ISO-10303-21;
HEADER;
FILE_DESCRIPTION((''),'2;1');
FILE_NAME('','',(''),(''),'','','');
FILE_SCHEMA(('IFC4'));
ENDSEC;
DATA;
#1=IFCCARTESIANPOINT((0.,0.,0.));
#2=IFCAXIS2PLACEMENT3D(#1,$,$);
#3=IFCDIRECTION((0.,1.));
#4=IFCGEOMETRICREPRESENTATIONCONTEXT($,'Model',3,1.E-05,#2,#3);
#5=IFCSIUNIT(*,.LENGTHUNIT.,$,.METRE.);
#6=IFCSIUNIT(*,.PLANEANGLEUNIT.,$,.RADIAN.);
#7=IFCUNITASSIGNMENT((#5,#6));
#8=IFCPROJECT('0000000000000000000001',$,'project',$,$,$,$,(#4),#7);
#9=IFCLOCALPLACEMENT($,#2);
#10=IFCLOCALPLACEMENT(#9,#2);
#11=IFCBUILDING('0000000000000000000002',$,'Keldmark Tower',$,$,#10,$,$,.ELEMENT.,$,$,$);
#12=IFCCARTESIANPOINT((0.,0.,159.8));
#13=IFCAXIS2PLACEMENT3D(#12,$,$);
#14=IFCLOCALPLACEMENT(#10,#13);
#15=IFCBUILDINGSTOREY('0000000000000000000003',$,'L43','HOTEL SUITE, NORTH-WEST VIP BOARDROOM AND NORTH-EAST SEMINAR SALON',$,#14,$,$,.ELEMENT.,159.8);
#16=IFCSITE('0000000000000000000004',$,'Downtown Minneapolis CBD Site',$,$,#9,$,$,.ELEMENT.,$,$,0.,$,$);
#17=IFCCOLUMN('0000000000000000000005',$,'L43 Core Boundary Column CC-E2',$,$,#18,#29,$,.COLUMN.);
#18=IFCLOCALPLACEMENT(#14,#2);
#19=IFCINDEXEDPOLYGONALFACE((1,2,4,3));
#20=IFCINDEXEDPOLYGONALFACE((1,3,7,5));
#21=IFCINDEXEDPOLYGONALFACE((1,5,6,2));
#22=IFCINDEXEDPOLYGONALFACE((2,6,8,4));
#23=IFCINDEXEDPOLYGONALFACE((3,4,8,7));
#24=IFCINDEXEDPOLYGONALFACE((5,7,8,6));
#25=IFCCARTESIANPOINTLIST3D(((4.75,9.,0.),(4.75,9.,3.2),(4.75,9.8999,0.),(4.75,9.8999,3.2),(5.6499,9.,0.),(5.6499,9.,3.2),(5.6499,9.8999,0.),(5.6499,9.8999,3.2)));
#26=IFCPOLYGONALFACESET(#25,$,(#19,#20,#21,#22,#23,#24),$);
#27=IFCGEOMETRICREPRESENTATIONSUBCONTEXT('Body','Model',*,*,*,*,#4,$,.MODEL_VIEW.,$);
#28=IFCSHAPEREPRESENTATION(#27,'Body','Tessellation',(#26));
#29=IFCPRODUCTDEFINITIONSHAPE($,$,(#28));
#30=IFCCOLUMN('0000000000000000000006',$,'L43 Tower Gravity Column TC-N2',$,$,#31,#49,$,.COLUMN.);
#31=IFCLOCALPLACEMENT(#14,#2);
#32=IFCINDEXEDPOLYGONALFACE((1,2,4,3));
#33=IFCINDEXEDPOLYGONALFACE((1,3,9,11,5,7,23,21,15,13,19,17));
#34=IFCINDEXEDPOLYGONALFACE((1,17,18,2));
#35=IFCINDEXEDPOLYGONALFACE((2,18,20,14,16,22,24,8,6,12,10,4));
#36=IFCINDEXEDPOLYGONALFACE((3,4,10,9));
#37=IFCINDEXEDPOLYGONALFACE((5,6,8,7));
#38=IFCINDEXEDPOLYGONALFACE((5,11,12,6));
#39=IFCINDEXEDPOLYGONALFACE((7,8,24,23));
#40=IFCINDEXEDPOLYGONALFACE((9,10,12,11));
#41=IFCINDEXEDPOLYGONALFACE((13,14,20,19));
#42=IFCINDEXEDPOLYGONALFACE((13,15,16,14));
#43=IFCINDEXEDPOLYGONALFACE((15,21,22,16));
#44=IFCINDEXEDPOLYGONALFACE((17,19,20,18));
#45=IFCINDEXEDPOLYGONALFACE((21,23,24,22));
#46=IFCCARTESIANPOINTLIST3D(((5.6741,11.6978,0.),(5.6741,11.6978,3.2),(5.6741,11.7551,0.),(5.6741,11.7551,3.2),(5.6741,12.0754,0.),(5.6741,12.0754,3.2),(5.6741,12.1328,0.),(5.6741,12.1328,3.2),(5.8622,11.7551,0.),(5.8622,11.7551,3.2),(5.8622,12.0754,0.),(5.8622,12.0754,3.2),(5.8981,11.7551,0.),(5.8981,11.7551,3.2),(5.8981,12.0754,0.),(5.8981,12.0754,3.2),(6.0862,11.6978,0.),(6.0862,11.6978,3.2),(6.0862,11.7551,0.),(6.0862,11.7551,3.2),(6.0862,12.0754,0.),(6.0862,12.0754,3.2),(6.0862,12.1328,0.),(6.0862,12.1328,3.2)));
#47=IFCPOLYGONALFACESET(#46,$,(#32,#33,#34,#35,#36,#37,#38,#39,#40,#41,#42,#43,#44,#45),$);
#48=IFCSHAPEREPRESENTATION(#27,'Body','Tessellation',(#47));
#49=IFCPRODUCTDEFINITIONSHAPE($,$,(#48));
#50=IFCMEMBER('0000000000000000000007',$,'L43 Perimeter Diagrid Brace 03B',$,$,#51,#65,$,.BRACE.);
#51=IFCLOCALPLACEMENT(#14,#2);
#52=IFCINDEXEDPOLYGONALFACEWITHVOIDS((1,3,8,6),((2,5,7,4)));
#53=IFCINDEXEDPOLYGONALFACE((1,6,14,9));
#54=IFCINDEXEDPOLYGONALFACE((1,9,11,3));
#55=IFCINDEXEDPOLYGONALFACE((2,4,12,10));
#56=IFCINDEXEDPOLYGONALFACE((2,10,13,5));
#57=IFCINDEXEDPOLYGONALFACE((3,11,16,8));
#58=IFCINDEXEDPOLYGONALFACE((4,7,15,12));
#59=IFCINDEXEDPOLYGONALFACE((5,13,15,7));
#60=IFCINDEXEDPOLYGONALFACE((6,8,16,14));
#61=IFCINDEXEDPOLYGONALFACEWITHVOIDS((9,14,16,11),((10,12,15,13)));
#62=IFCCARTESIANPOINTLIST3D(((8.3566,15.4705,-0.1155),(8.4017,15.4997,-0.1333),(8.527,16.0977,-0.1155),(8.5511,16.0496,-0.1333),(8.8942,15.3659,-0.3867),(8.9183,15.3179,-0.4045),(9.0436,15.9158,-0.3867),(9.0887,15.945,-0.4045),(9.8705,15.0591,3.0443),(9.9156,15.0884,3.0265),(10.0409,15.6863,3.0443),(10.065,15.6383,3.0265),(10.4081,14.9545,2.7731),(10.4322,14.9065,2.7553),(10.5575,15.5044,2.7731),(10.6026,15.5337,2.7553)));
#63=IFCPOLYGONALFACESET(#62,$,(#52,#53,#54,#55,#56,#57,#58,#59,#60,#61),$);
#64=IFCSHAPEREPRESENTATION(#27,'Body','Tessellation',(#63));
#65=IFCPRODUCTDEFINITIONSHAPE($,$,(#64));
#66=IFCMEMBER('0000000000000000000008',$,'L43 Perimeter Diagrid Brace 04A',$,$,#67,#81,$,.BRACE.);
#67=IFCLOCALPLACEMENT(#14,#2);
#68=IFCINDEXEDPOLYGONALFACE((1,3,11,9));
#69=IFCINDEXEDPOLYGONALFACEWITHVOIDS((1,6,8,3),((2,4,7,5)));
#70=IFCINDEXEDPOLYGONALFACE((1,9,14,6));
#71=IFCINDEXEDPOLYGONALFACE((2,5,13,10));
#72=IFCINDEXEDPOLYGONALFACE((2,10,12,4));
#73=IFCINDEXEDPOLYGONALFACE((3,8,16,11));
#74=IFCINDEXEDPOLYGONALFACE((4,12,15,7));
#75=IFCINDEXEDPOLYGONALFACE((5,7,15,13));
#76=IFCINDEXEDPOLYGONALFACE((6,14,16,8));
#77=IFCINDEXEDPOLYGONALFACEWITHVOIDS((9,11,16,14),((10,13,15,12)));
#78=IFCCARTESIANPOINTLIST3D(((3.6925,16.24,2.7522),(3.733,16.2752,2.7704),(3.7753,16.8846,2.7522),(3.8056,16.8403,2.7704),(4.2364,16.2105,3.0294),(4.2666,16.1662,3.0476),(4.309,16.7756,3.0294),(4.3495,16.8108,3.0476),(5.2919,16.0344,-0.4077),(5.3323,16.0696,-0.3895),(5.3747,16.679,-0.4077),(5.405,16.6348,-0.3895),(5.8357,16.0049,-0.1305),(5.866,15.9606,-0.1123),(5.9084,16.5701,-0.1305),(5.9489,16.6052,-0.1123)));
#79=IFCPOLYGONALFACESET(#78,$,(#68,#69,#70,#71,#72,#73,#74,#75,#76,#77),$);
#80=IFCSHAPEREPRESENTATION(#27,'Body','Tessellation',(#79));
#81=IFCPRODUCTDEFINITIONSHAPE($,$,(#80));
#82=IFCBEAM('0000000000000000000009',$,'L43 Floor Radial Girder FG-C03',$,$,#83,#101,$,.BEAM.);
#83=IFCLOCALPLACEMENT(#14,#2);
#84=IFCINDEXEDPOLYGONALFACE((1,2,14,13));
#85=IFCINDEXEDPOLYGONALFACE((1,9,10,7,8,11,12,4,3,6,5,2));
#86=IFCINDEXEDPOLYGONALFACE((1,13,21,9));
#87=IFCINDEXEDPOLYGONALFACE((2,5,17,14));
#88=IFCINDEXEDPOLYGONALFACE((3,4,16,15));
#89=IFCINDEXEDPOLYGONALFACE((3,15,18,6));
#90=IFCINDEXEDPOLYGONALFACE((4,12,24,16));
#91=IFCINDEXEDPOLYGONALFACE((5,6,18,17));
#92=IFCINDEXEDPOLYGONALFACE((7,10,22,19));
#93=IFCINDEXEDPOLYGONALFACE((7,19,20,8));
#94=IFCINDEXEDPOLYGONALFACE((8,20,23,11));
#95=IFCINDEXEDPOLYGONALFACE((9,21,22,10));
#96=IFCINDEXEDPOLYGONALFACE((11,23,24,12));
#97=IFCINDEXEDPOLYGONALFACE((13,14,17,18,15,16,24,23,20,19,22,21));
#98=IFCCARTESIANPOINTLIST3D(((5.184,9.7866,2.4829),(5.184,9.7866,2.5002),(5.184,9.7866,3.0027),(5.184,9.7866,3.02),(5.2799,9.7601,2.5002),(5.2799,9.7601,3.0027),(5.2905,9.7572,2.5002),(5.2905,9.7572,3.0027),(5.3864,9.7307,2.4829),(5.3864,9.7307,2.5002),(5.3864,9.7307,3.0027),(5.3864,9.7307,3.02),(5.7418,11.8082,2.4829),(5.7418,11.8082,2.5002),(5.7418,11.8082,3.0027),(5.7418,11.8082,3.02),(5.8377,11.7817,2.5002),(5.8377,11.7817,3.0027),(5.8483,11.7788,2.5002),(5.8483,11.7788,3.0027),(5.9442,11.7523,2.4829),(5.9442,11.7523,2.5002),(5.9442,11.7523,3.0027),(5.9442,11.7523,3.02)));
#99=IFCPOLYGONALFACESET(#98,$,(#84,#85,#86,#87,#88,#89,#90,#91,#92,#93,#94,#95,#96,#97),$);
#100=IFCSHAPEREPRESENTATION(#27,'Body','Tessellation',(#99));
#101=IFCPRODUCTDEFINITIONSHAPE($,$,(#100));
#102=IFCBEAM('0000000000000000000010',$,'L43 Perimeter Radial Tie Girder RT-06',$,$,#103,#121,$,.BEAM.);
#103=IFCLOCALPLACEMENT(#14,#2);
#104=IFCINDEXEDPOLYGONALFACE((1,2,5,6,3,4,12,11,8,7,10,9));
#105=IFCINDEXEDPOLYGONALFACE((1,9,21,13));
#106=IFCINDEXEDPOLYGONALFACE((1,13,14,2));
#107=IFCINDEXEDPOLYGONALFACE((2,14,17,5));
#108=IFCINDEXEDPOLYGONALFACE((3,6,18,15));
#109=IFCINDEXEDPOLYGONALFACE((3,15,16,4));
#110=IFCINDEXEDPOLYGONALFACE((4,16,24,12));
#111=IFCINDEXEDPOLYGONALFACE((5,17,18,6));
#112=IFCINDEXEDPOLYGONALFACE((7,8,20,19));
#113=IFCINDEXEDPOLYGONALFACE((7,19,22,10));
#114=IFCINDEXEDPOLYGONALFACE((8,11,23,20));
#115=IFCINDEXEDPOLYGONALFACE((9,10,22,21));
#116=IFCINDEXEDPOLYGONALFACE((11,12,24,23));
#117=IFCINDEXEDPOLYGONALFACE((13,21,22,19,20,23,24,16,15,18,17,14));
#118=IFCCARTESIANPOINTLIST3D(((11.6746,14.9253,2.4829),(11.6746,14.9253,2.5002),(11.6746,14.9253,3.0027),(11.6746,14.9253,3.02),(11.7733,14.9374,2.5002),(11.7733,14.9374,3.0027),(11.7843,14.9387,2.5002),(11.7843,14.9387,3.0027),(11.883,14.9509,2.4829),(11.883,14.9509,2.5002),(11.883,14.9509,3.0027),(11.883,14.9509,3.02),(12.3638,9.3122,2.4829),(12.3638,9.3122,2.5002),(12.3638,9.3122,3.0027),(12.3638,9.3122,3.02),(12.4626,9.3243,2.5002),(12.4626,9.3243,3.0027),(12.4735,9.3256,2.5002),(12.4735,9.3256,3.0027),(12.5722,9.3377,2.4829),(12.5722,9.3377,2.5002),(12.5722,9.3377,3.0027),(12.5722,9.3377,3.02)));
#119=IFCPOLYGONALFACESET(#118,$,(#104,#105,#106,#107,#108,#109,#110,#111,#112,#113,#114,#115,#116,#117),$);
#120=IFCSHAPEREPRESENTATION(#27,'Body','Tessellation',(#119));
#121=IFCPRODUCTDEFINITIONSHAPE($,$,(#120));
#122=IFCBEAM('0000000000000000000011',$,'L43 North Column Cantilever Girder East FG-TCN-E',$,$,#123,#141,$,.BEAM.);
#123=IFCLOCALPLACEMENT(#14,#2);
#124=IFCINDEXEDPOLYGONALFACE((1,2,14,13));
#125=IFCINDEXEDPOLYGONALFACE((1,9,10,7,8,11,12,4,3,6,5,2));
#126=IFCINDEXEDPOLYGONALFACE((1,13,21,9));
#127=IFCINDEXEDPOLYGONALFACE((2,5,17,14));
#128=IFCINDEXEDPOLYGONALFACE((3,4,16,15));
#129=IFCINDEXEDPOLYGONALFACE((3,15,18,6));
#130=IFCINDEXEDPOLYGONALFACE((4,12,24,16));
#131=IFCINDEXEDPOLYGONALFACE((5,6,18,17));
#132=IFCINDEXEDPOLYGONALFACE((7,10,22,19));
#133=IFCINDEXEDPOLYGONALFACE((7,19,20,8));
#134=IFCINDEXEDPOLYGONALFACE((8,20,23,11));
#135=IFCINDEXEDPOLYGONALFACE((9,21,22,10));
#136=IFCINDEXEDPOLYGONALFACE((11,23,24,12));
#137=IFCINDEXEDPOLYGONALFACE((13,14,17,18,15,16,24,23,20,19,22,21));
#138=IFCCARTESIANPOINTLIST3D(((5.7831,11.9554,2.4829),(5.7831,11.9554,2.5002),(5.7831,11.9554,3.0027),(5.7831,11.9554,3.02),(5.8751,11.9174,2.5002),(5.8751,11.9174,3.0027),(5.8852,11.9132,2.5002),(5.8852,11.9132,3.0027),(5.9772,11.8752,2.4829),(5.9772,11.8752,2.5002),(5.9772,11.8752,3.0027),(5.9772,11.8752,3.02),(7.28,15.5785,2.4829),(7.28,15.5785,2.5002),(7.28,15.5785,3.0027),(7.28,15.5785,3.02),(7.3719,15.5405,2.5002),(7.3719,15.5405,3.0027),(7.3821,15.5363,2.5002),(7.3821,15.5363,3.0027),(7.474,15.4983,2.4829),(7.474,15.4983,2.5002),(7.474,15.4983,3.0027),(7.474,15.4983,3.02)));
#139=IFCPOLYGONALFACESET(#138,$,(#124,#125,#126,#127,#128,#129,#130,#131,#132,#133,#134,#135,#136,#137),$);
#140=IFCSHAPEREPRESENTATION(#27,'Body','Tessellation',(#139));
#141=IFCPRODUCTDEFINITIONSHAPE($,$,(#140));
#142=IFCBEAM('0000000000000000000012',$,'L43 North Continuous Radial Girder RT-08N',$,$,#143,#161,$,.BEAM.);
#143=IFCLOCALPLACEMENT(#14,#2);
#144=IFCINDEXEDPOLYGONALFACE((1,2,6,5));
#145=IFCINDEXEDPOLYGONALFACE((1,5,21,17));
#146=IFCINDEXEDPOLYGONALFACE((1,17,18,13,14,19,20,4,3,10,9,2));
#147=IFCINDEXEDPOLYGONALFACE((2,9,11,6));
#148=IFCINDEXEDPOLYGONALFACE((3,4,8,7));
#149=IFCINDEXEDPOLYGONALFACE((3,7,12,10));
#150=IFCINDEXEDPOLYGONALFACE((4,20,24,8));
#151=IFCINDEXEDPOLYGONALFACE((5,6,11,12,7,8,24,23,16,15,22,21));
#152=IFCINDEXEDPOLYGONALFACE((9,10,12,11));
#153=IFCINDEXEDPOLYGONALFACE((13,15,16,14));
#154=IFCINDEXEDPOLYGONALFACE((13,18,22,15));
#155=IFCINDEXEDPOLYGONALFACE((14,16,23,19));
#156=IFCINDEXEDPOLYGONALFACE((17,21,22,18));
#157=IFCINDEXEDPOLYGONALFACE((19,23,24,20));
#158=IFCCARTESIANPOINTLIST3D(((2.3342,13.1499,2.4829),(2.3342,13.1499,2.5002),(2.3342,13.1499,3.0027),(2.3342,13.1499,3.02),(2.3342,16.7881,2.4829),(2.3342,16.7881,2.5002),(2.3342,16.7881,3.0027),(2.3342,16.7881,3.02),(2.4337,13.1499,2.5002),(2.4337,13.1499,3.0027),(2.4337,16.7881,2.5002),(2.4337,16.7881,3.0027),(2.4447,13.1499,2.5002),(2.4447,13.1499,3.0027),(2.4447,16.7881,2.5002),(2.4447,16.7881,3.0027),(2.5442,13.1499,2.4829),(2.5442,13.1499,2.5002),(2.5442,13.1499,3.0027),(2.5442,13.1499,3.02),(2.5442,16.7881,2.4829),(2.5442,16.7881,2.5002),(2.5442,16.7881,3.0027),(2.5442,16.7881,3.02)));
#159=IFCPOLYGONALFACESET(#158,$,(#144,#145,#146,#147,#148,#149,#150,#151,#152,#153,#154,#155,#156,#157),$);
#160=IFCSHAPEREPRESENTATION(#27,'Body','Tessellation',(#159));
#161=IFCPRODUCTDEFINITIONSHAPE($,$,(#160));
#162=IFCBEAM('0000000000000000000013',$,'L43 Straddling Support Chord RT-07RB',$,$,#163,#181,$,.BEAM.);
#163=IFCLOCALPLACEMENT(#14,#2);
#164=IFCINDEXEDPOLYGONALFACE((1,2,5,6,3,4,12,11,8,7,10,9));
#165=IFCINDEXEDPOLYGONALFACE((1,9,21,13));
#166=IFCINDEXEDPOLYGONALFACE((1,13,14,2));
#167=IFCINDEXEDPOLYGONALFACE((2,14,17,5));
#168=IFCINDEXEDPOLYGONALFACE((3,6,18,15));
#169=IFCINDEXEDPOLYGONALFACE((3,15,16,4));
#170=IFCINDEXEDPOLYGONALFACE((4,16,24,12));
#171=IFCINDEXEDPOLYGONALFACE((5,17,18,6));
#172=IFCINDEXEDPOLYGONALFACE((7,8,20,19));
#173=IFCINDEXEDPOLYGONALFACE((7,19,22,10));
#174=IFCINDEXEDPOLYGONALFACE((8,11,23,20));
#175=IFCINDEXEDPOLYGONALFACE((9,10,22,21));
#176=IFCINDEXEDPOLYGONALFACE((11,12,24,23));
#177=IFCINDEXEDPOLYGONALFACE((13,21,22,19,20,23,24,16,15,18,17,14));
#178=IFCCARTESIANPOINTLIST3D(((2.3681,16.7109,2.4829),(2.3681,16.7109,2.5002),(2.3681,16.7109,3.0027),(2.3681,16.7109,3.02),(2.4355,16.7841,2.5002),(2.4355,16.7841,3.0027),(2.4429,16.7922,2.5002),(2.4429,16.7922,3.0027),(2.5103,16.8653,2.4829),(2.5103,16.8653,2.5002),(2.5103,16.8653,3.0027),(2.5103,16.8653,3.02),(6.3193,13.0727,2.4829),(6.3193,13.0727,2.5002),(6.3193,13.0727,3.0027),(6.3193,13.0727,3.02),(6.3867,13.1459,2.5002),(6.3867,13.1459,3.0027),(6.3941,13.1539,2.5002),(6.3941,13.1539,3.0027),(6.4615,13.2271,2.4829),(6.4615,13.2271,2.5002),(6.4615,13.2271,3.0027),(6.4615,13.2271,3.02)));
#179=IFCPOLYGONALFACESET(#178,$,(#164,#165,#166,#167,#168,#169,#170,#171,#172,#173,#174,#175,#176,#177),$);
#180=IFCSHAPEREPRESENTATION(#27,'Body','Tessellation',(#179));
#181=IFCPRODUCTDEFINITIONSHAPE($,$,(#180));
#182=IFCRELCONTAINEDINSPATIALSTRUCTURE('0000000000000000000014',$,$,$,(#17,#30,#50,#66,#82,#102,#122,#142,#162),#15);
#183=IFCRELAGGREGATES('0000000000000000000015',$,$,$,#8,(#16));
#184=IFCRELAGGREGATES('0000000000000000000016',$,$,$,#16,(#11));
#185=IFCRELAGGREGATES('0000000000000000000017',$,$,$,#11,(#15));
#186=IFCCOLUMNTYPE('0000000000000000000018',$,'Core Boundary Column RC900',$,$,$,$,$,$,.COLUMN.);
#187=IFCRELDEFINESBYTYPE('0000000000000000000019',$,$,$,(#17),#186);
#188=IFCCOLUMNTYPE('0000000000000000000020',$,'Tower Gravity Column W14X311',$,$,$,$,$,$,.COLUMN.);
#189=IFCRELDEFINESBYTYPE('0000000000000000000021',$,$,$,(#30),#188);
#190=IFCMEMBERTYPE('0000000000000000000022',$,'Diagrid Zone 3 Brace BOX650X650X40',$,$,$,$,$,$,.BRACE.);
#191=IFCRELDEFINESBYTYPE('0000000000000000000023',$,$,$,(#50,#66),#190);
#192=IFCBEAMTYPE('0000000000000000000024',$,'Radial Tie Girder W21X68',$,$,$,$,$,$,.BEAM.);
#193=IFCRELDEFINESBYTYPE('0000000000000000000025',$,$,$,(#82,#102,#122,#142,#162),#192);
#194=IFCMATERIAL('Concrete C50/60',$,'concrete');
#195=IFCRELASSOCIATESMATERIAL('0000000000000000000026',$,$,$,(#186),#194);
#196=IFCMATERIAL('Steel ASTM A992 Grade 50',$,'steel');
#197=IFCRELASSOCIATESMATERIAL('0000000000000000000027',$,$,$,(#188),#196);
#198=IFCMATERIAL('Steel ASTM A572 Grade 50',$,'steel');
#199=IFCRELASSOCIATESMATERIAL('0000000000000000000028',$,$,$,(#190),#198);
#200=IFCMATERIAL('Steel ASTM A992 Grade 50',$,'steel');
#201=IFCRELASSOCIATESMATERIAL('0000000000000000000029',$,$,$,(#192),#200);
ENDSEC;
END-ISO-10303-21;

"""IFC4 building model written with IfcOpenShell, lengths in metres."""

from ifc_helpers import new_model, si_unit, direction, frame, origin, origin_2d, place, context, subcontext, project, spatial, rectangle, hollow_rectangle, i_section, extrude, material, material_profile, profile_set, type_object, element, save


model = new_model("IFC4")

# Units and contexts
model_context = context("Model", 3, precision=1e-05, world=origin(), true_north=direction((0.0, 1.0)))
body_context = subcontext(model_context, "Body", "Model", "MODEL_VIEW")
ifc_project = project(units=[si_unit("LENGTHUNIT", "METRE"), si_unit("PLANEANGLEUNIT", "RADIAN")], contexts=[model_context])

# Site, building, storey
site_placement = place(None, origin())
site = spatial("IfcSite", under=ifc_project, at=site_placement, Name="Downtown Minneapolis CBD Site", CompositionType="ELEMENT", RefElevation=0.0)
building_placement = place(site_placement, origin())
building = spatial("IfcBuilding", under=site, at=building_placement, Name="Keldmark Tower", CompositionType="ELEMENT")
storey_placement = place(building_placement, frame((0.0, 0.0, 159.8)))
storey = spatial("IfcBuildingStorey", under=building, at=storey_placement, Name="L43", Description="HOTEL SUITE, NORTH-WEST VIP BOARDROOM AND NORTH-EAST SEMINAR SALON", CompositionType="ELEMENT", Elevation=159.8)

# Columns
ifc_material_1 = material(Name="Concrete C50/60", Category="concrete")
ifc_material_profile_1 = material_profile(ifc_material_1, rectangle(XDim=0.8999, YDim=0.8999, at=origin_2d()), Name="RC900X900")
ifc_profile_set_1 = profile_set([ifc_material_profile_1], Name="Concrete C50/60")
column_type_1 = type_object("IfcColumnType", Name="Core Boundary Column RC900", PredefinedType="COLUMN", material=ifc_profile_set_1)
column_1_placement = place(storey_placement, frame((5.2, 9.45, 0.0), z_axis=(0.0, 0.0, 1.0), x_axis=(1.0, 0.0, 0.0)))
element("IfcColumn", 1, at=column_1_placement, inside=storey, type_object=column_type_1, Name="L43 Core Boundary Column CC-E2", PredefinedType="COLUMN", context=body_context, shape_type="SweptSolid", body=[
    extrude(rectangle(XDim=0.8999, YDim=0.8999, at=origin_2d()), origin(), (0.0, 0.0, 1.0), 3.2),
])
ifc_material_2 = material(Name="Steel ASTM A992 Grade 50", Category="steel")
ifc_material_profile_2 = material_profile(ifc_material_2, i_section(OverallWidth=0.4121, OverallDepth=0.4351, WebThickness=0.0359, FlangeThickness=0.0574, at=origin_2d()), Name="W14X311")
ifc_profile_set_2 = profile_set([ifc_material_profile_2], Name="Steel ASTM A992 Grade 50")
column_type_2 = type_object("IfcColumnType", Name="Tower Gravity Column W14X311", PredefinedType="COLUMN", material=ifc_profile_set_2)
column_2_placement = place(storey_placement, frame((5.8801, 11.9153, 0.0), z_axis=(0.0, 0.0, 1.0), x_axis=(1.0, 0.0, 0.0)))
element("IfcColumn", 2, at=column_2_placement, inside=storey, type_object=column_type_2, Name="L43 Tower Gravity Column TC-N2", PredefinedType="COLUMN", context=body_context, shape_type="SweptSolid", body=[
    extrude(i_section(OverallWidth=0.4121, OverallDepth=0.4351, WebThickness=0.0359, FlangeThickness=0.0574, at=origin_2d()), origin(), (0.0, 0.0, 1.0), 3.2),
])

# Members
ifc_material_3 = material(Name="Steel ASTM A572 Grade 50", Category="steel")
ifc_material_profile_3 = material_profile(ifc_material_3, hollow_rectangle(XDim=0.6499, YDim=0.6499, WallThickness=0.04, at=origin_2d()), Name="BOX650X650X40")
ifc_profile_set_3 = profile_set([ifc_material_profile_3], Name="Steel ASTM A572 Grade 50")
member_type = type_object("IfcMemberType", Name="Diagrid Zone 3 Brace BOX650X650X40", PredefinedType="BRACE", material=ifc_profile_set_3)
member_1_placement = place(storey_placement, frame((8.7227, 15.7078, -0.26), z_axis=(0.429124, -0.116606, 0.895687), x_axis=(0.262222, 0.965008, 0.0)))
element("IfcMember", 3, at=member_1_placement, inside=storey, type_object=member_type, Name="L43 Perimeter Diagrid Brace 03B", PredefinedType="BRACE", context=body_context, shape_type="SweptSolid", body=[
    extrude(hollow_rectangle(XDim=0.6499, YDim=0.6499, WallThickness=0.04, at=origin_2d()), origin(), (0.0, 0.0, 1.0), 3.5278),
])
member_2_placement = place(storey_placement, frame((5.6204, 16.3198, -0.26), z_axis=(-0.450834, 0.057946, 0.890725), x_axis=(-0.127481, -0.991841, 0.0)))
element("IfcMember", 4, at=member_2_placement, inside=storey, type_object=member_type, Name="L43 Perimeter Diagrid Brace 04A", PredefinedType="BRACE", context=body_context, shape_type="SweptSolid", body=[
    extrude(hollow_rectangle(XDim=0.6499, YDim=0.6499, WallThickness=0.04, at=origin_2d()), origin(), (0.0, 0.0, 1.0), 3.5476),
])

# Beams
ifc_material_4 = material(Name="Steel ASTM A992 Grade 50", Category="steel")
ifc_material_profile_4 = material_profile(ifc_material_4, i_section(OverallWidth=0.21, OverallDepth=0.5371, WebThickness=0.011, FlangeThickness=0.0173, at=origin_2d()), Name="W21X68")
ifc_profile_set_4 = profile_set([ifc_material_profile_4], Name="Steel ASTM A992 Grade 50")
beam_type_1 = type_object("IfcBeamType", Name="Radial Tie Girder W21X68", PredefinedType="BEAM", material=ifc_profile_set_4)
beam_1_placement = place(storey_placement, frame((5.843, 11.7803, 2.7515), z_axis=(-0.265992, -0.963975, 0.0), x_axis=(0.963975, -0.265992, 0.0)))
element("IfcBeam", 5, at=beam_1_placement, inside=storey, type_object=beam_type_1, Name="L43 Floor Radial Girder FG-C03", PredefinedType="BEAM", context=body_context, shape_type="SweptSolid", body=[
    extrude(i_section(OverallWidth=0.21, OverallDepth=0.5371, WebThickness=0.011, FlangeThickness=0.0173, at=origin_2d()), origin(), (0.0, 0.0, 1.0), 2.0972),
])
beam_2_placement = place(storey_placement, frame((12.468, 9.325, 2.7515), z_axis=(-0.121872, 0.992546, 0.0), x_axis=(-0.992546, -0.121872, 0.0)))
element("IfcBeam", 6, at=beam_2_placement, inside=storey, type_object=beam_type_1, Name="L43 Perimeter Radial Tie Girder RT-06", PredefinedType="BEAM", context=body_context, shape_type="SweptSolid", body=[
    extrude(i_section(OverallWidth=0.21, OverallDepth=0.5371, WebThickness=0.011, FlangeThickness=0.0173, at=origin_2d()), origin(), (0.0, 0.0, 1.0), 5.6553),
])
beam_3_placement = place(storey_placement, frame((5.8801, 11.9153, 2.7515), z_axis=(0.381836, 0.92423, 0.0), x_axis=(-0.92423, 0.381836, 0.0)))
element("IfcBeam", 7, at=beam_3_placement, inside=storey, type_object=beam_type_1, Name="L43 North Column Cantilever Girder East FG-TCN-E", PredefinedType="BEAM", context=body_context, shape_type="SweptSolid", body=[
    extrude(i_section(OverallWidth=0.21, OverallDepth=0.5371, WebThickness=0.011, FlangeThickness=0.0173, at=origin_2d()), origin(), (0.0, 0.0, 1.0), 3.9202),
])
beam_4_placement = place(storey_placement, frame((2.4392, 13.1499, 2.7515), z_axis=(0.0, 1.0, 0.0), x_axis=(-1.0, 0.0, 0.0)))
element("IfcBeam", 8, at=beam_4_placement, inside=storey, type_object=beam_type_1, Name="L43 North Continuous Radial Girder RT-08N", PredefinedType="BEAM", context=body_context, shape_type="SweptSolid", body=[
    extrude(i_section(OverallWidth=0.21, OverallDepth=0.5371, WebThickness=0.011, FlangeThickness=0.0173, at=origin_2d()), origin(), (0.0, 0.0, 1.0), 3.6382),
])
beam_5_placement = place(storey_placement, frame((6.3904, 13.1499, 2.7515), z_axis=(-0.735643, 0.67737, 0.0), x_axis=(-0.67737, -0.735643, 0.0)))
element("IfcBeam", 9, at=beam_5_placement, inside=storey, type_object=beam_type_1, Name="L43 Straddling Support Chord RT-07RB", PredefinedType="BEAM", context=body_context, shape_type="SweptSolid", body=[
    extrude(i_section(OverallWidth=0.21, OverallDepth=0.5371, WebThickness=0.011, FlangeThickness=0.0173, at=origin_2d()), origin(), (0.0, 0.0, 1.0), 5.3711),
])

save(model, "model.ifc")
